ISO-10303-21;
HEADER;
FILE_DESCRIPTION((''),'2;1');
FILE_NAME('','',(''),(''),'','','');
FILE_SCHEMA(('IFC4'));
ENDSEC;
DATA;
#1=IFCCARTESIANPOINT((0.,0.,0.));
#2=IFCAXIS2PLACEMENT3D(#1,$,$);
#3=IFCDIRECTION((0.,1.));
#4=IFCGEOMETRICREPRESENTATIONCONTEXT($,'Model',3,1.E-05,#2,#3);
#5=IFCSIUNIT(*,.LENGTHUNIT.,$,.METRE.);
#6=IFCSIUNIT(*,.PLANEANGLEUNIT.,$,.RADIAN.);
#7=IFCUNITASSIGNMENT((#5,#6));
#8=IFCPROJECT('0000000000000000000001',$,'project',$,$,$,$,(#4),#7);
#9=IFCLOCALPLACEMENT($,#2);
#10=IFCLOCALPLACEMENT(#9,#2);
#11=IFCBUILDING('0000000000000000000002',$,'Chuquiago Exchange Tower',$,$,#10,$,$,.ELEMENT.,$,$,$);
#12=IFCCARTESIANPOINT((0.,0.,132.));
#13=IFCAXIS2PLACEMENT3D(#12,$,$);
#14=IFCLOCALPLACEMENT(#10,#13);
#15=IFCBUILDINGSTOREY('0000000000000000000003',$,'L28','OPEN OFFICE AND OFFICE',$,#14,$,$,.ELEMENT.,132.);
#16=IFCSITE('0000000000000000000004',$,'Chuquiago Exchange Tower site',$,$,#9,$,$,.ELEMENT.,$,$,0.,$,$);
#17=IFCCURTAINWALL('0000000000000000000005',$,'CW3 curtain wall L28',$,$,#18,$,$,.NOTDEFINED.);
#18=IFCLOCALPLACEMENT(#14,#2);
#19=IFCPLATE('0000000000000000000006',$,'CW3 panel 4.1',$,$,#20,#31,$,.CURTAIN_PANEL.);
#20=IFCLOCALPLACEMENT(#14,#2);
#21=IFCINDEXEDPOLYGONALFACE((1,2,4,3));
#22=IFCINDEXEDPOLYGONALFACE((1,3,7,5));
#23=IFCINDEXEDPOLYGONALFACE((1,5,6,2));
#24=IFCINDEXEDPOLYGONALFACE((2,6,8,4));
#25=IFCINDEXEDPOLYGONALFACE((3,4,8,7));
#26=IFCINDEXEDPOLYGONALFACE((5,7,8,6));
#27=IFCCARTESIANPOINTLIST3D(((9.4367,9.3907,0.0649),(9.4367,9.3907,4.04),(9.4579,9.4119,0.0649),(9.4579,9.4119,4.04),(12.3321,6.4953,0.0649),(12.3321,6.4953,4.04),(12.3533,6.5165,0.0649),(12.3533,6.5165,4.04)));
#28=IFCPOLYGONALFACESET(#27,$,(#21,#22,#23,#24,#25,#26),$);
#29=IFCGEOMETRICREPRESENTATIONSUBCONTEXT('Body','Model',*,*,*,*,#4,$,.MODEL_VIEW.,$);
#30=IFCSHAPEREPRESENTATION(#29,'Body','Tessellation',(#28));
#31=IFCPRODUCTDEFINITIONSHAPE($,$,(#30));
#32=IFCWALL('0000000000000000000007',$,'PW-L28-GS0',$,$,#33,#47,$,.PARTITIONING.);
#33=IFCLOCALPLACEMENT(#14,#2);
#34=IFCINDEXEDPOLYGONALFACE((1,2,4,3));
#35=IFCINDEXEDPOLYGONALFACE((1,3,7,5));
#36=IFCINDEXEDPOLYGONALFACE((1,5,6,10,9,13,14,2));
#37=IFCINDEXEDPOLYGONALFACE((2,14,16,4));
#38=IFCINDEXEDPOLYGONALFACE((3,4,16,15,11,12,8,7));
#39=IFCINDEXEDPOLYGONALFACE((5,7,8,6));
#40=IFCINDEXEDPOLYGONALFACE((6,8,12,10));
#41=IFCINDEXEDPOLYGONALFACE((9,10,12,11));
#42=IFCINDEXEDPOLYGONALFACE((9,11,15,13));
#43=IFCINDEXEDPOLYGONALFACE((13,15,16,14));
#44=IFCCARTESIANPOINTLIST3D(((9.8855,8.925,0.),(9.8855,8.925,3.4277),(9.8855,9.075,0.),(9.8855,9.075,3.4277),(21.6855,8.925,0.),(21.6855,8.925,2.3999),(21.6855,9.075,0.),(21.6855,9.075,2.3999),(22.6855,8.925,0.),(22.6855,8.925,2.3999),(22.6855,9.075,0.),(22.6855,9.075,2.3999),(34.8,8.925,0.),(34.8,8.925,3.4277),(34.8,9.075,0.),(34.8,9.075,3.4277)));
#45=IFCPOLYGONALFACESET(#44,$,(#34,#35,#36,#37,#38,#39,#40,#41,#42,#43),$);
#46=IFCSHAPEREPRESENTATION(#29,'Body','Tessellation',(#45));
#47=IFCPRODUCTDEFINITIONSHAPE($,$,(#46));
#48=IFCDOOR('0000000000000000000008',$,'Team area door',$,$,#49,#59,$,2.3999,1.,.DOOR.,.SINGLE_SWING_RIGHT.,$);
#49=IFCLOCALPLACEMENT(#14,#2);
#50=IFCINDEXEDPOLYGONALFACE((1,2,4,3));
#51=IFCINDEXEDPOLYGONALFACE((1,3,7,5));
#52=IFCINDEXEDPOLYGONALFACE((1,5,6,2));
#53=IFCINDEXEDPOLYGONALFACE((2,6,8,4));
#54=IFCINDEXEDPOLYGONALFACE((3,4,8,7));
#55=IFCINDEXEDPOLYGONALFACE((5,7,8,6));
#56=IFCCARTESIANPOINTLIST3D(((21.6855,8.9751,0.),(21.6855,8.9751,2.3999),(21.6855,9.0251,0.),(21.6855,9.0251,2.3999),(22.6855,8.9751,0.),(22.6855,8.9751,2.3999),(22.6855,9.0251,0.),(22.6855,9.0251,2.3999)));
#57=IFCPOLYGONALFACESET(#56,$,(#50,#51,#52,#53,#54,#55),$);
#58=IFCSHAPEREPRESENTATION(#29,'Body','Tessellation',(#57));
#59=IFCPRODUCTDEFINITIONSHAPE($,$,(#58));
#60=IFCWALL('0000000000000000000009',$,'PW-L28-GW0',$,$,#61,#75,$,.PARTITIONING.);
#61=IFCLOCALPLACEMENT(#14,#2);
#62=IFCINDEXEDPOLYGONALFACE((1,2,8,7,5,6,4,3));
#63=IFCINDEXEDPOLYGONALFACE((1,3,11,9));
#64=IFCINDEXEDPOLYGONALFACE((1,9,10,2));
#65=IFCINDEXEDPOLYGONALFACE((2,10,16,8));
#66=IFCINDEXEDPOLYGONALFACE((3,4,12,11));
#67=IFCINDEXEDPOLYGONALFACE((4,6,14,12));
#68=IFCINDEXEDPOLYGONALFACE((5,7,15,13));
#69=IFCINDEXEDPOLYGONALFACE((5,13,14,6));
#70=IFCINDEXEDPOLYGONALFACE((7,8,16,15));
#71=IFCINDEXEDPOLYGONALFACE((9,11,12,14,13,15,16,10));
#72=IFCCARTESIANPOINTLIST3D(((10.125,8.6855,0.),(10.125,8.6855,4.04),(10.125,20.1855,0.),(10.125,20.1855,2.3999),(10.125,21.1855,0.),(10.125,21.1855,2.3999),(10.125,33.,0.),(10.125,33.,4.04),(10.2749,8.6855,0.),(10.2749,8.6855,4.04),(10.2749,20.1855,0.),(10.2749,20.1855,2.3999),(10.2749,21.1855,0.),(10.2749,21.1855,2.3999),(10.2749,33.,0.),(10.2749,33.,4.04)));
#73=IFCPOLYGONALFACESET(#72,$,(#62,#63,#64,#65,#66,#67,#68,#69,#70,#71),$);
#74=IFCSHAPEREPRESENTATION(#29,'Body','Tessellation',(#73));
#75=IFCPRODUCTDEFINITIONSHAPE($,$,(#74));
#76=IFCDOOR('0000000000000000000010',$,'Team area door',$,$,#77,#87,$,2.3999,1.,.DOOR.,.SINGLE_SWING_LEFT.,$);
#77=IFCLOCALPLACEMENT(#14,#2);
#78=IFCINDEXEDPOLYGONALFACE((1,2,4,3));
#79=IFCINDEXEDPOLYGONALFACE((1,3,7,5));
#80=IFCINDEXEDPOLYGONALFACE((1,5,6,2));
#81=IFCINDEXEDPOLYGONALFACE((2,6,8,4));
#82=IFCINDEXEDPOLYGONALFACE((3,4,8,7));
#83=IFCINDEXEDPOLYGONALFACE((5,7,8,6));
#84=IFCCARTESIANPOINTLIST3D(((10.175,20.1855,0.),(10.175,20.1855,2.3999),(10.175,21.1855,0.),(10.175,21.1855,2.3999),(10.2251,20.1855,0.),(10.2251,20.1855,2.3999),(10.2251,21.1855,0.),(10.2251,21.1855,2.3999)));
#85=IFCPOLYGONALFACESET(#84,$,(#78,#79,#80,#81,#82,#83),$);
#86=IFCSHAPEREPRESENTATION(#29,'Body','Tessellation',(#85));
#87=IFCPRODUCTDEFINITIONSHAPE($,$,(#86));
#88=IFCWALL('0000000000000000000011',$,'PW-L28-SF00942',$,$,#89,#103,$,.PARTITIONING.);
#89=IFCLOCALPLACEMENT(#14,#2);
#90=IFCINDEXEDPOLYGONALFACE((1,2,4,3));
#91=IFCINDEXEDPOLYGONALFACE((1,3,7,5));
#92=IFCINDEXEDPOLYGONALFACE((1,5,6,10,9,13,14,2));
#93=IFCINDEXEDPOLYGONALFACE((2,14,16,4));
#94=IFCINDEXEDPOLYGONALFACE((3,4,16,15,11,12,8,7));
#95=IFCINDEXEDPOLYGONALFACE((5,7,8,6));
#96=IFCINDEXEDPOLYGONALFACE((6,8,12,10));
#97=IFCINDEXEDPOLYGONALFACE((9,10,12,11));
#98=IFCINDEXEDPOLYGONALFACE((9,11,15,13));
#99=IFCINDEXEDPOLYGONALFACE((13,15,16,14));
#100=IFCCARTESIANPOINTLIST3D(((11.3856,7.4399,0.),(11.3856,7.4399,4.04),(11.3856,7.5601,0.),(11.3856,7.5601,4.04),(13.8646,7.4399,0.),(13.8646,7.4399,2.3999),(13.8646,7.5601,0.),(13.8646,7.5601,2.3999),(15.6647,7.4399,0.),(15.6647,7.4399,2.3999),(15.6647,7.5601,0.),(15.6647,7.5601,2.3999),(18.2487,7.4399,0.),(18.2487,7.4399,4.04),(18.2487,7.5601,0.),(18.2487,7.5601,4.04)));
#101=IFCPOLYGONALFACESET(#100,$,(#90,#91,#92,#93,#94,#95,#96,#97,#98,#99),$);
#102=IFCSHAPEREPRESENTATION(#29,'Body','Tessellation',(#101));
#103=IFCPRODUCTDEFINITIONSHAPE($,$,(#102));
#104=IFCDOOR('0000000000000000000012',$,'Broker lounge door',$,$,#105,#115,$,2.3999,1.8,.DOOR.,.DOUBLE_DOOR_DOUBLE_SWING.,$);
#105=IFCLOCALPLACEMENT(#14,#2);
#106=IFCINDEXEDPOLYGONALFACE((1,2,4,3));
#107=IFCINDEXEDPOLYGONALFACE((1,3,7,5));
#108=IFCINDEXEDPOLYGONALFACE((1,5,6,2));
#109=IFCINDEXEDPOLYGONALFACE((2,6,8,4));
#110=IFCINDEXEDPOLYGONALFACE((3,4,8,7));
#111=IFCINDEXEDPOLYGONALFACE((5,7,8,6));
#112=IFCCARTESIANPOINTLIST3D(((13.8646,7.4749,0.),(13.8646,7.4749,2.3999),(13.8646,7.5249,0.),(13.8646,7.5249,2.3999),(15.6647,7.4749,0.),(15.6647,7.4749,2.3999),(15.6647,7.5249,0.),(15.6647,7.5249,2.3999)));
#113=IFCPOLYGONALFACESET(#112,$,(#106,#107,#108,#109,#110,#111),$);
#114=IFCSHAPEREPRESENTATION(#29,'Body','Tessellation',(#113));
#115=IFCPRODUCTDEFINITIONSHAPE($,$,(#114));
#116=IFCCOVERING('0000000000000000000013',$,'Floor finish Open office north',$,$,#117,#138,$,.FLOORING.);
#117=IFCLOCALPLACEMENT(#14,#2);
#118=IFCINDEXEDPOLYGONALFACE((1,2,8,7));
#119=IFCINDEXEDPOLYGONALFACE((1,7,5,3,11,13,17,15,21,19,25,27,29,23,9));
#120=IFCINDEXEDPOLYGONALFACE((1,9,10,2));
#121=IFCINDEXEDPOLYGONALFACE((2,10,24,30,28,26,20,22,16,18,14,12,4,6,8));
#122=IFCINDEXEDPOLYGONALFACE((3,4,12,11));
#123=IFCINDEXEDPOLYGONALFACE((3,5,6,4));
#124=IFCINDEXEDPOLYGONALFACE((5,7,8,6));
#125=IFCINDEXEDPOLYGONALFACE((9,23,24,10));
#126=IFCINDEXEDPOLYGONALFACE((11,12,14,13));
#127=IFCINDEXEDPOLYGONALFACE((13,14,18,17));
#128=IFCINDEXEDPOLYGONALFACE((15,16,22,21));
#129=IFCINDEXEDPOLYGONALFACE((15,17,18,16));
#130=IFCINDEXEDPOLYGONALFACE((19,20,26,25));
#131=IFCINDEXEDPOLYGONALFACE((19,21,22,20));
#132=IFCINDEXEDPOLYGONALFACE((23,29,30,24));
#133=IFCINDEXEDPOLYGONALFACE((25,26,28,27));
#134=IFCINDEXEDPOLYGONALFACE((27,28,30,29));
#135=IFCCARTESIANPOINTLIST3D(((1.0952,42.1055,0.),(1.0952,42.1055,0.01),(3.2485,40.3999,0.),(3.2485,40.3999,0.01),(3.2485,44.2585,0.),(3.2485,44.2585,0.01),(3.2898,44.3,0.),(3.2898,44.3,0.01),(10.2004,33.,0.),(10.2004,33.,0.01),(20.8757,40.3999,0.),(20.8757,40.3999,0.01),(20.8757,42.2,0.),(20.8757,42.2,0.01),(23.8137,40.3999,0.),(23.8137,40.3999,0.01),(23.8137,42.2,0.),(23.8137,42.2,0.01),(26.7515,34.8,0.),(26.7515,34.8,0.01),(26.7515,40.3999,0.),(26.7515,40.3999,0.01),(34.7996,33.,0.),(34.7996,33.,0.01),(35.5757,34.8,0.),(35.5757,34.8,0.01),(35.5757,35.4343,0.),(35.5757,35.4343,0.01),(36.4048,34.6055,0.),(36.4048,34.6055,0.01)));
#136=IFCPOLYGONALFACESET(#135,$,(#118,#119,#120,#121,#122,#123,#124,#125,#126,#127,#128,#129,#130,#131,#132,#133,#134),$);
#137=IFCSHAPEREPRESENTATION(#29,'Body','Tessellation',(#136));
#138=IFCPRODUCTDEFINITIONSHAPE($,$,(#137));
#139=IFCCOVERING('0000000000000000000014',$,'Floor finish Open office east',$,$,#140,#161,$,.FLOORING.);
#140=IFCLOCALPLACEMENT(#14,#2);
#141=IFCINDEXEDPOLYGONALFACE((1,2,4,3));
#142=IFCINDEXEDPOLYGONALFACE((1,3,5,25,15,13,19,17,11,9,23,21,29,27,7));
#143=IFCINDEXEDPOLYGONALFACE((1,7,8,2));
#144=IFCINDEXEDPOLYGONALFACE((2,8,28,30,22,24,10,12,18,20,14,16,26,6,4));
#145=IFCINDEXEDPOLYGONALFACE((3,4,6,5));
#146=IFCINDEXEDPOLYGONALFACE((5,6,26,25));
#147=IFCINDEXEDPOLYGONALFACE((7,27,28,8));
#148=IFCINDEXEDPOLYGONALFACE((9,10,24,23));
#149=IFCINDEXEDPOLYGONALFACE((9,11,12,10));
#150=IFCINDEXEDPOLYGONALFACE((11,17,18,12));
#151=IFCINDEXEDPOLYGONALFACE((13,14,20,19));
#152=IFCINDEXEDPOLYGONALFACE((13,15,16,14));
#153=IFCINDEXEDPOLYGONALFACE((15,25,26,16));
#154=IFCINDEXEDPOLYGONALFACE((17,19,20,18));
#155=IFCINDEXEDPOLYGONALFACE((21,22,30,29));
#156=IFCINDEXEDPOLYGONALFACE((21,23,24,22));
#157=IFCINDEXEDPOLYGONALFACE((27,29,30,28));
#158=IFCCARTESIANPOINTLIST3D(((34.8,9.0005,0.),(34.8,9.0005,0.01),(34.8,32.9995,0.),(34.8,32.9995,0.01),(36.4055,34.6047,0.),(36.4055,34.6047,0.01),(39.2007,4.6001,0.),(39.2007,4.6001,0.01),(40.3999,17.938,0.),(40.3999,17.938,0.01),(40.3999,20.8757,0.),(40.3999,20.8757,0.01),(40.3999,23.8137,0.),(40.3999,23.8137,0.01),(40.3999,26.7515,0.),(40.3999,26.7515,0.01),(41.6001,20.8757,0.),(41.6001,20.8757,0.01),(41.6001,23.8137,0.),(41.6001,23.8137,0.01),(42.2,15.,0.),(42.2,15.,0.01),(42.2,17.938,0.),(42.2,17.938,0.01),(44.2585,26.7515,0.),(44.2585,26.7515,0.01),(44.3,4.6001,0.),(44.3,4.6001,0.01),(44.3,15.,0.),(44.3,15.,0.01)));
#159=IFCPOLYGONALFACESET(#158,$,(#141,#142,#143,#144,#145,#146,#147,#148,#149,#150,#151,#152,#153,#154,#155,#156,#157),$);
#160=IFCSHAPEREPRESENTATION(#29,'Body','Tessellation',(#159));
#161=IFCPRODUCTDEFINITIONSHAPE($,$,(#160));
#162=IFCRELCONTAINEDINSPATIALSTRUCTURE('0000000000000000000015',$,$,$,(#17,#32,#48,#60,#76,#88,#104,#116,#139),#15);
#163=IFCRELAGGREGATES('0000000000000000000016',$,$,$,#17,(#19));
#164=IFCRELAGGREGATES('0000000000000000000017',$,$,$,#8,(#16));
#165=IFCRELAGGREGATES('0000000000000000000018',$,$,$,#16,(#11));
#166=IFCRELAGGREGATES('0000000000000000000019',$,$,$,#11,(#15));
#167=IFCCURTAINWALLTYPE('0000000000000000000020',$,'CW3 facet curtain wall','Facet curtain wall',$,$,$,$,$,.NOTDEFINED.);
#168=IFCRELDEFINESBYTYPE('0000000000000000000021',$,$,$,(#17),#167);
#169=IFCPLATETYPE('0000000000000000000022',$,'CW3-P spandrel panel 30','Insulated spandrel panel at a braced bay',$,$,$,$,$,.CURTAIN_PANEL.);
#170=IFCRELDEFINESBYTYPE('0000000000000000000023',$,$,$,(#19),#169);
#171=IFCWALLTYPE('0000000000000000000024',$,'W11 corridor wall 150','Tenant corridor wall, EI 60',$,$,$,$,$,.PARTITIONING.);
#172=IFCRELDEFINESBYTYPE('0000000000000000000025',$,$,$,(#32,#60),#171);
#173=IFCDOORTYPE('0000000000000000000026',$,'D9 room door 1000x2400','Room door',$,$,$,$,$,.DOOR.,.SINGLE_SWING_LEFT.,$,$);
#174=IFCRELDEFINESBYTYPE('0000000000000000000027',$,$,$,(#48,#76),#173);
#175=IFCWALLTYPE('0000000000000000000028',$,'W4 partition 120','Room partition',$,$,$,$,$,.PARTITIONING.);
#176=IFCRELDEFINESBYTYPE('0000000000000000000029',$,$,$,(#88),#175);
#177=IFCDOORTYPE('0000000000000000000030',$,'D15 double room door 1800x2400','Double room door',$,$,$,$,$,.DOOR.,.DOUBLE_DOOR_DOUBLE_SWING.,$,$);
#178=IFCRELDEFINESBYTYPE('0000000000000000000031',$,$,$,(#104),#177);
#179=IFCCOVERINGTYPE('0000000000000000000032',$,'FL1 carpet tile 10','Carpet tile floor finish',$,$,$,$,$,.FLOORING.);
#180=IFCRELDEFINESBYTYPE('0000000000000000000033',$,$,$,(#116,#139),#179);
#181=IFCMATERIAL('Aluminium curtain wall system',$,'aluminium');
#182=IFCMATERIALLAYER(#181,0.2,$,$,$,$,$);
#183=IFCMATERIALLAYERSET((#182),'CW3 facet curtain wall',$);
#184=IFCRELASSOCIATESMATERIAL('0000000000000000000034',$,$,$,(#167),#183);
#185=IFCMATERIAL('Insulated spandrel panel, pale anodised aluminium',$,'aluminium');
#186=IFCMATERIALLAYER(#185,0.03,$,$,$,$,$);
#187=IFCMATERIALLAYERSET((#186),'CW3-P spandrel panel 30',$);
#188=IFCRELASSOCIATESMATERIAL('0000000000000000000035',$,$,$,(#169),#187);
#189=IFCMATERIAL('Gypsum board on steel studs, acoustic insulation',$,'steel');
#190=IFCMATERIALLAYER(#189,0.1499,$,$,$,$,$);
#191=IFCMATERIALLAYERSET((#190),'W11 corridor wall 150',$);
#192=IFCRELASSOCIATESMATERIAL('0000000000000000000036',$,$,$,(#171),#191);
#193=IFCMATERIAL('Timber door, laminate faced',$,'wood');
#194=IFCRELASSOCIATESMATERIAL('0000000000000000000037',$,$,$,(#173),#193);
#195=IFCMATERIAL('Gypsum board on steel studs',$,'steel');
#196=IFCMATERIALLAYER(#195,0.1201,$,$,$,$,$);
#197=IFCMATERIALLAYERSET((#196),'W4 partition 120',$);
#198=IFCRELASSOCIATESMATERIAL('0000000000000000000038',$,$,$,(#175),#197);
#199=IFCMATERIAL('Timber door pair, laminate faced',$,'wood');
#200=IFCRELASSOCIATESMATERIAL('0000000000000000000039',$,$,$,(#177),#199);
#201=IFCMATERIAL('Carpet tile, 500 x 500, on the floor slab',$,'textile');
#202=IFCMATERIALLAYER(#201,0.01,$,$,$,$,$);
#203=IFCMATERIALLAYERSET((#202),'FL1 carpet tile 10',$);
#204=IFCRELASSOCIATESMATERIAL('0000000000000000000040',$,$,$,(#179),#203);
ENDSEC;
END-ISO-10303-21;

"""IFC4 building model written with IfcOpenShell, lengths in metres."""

from ifc_helpers import new_model, si_unit, direction, frame, frame_2d, origin, origin_2d, place, context, subcontext, project, spatial, polyline, rectangle, outline, extrude, material, layer, layer_set, type_object, element, fill, aggregate, save


model = new_model("IFC4")

# Units and contexts
model_context = context("Model", 3, precision=1e-05, world=origin(), true_north=direction((0.0, 1.0)))
body_context = subcontext(model_context, "Body", "Model", "MODEL_VIEW")
ifc_project = project(units=[si_unit("LENGTHUNIT", "METRE"), si_unit("PLANEANGLEUNIT", "RADIAN")], contexts=[model_context])

# Site, building, storey
site_placement = place(None, origin())
site = spatial("IfcSite", under=ifc_project, at=site_placement, Name="Chuquiago Exchange Tower site", CompositionType="ELEMENT", RefElevation=0.0)
building_placement = place(site_placement, origin())
building = spatial("IfcBuilding", under=site, at=building_placement, Name="Chuquiago Exchange Tower", CompositionType="ELEMENT")
storey_placement = place(building_placement, frame((0.0, 0.0, 132.0)))
storey = spatial("IfcBuildingStorey", under=building, at=storey_placement, Name="L28", Description="OPEN OFFICE AND OFFICE", CompositionType="ELEMENT", Elevation=132.0)

# Curtain wall
ifc_material_1 = material(Name="Aluminium curtain wall system", Category="aluminium")
ifc_layer_1 = layer(ifc_material_1, 0.2)
ifc_layer_set_1 = layer_set([ifc_layer_1], Name="CW3 facet curtain wall")
curtain_wall_type = type_object("IfcCurtainWallType", Name="CW3 facet curtain wall", Description="Facet curtain wall", PredefinedType="NOTDEFINED", material=ifc_layer_set_1)
curtain_wall_placement = place(storey_placement, origin())
curtain_wall = element("IfcCurtainWall", 1, at=curtain_wall_placement, inside=storey, type_object=curtain_wall_type, Name="CW3 curtain wall L28", PredefinedType="NOTDEFINED")

# Plate
ifc_material_2 = material(Name="Insulated spandrel panel, pale anodised aluminium", Category="aluminium")
ifc_layer_2 = layer(ifc_material_2, 0.03)
ifc_layer_set_2 = layer_set([ifc_layer_2], Name="CW3-P spandrel panel 30")
plate_type = type_object("IfcPlateType", Name="CW3-P spandrel panel 30", Description="Insulated spandrel panel at a braced bay", PredefinedType="CURTAIN_PANEL", material=ifc_layer_set_2)
plate_1_placement = place(storey_placement, frame((10.895, 7.9536, 0.0649), z_axis=(0.0, 0.0, 1.0), x_axis=(0.707107, -0.707107, 0.0)))
plate_1 = element("IfcPlate", 2, at=plate_1_placement, type_object=plate_type, Name="CW3 panel 4.1", PredefinedType="CURTAIN_PANEL", context=body_context, shape_type="SweptSolid", body=[
    extrude(rectangle(XDim=4.0947, YDim=0.03, at=origin_2d()), origin(), (0.0, 0.0, 1.0), 3.9751),
])
aggregate(curtain_wall, [plate_1])

# Walls, openings, doors
ifc_material_3 = material(Name="Gypsum board on steel studs, acoustic insulation", Category="steel")
ifc_layer_3 = layer(ifc_material_3, 0.1499)
ifc_layer_set_3 = layer_set([ifc_layer_3], Name="W11 corridor wall 150")
wall_type_1 = type_object("IfcWallType", Name="W11 corridor wall 150", Description="Tenant corridor wall, EI 60", PredefinedType="PARTITIONING", material=ifc_layer_set_3)
wall_1_placement = place(storey_placement, frame((9.8855, 9.0, 0.0), z_axis=(0.0, 0.0, 1.0), x_axis=(1.0, 0.0, 0.0)))
wall_1 = element("IfcWall", 3, at=wall_1_placement, inside=storey, type_object=wall_type_1, Name="PW-L28-GS0", PredefinedType="PARTITIONING", context=body_context, shape_type="SweptSolid", body=[
    extrude(rectangle(XDim=24.9146, YDim=0.1499, at=frame_2d((12.4573, 0.0))), origin(), (0.0, 0.0, 1.0), 3.4277),
])
opening_1_placement = place(wall_1_placement, frame((11.8, 0.0, 0.0)))
opening_1 = element("IfcOpeningElement", 4, at=opening_1_placement, cuts=wall_1, PredefinedType="OPENING", context=body_context, shape_type="SweptSolid", body=[
    extrude(rectangle(XDim=1.0, YDim=2.3999, at=frame_2d((0.5, 1.2))), frame((0.0, 0.085, 0.0), z_axis=(0.0, -1.0, 0.0), x_axis=(1.0, 0.0, 0.0)), (0.0, 0.0, 1.0), 0.1699),
])
ifc_material_4 = material(Name="Timber door, laminate faced", Category="wood")
door_type_1 = type_object("IfcDoorType", Name="D9 room door 1000x2400", Description="Room door", OperationType="SINGLE_SWING_LEFT", PredefinedType="DOOR", material=ifc_material_4)
door_1_placement = place(opening_1_placement, frame((1.0, 0.0, 0.0), z_axis=(0.0, 0.0, 1.0), x_axis=(-1.0, 0.0, 0.0)))
door_1 = element("IfcDoor", 5, at=door_1_placement, inside=storey, type_object=door_type_1, Name="Team area door", OperationType="SINGLE_SWING_RIGHT", OverallHeight=2.3999, OverallWidth=1.0, PredefinedType="DOOR", context=body_context, shape_type="SweptSolid", body=[
    extrude(rectangle(XDim=1.0, YDim=2.3999, at=frame_2d((0.5, 1.2))), frame((0.0, 0.0249, 0.0), z_axis=(0.0, -1.0, 0.0), x_axis=(1.0, 0.0, 0.0)), (0.0, 0.0, 1.0), 0.05),
])
fill(opening_1, door_1)
wall_2_placement = place(storey_placement, frame((10.2, 8.6855, 0.0), z_axis=(0.0, 0.0, 1.0), x_axis=(0.0, 1.0, 0.0)))
wall_2 = element("IfcWall", 6, at=wall_2_placement, inside=storey, type_object=wall_type_1, Name="PW-L28-GW0", PredefinedType="PARTITIONING", context=body_context, shape_type="SweptSolid", body=[
    extrude(rectangle(XDim=24.3145, YDim=0.1499, at=frame_2d((12.1572, 0.0))), origin(), (0.0, 0.0, 1.0), 4.04),
])
opening_2_placement = place(wall_2_placement, frame((11.5, 0.0, 0.0)))
opening_2 = element("IfcOpeningElement", 7, at=opening_2_placement, cuts=wall_2, PredefinedType="OPENING", context=body_context, shape_type="SweptSolid", body=[
    extrude(rectangle(XDim=1.0, YDim=2.3999, at=frame_2d((0.5, 1.2))), frame((0.0, 0.085, 0.0), z_axis=(0.0, -1.0, 0.0), x_axis=(1.0, 0.0, 0.0)), (0.0, 0.0, 1.0), 0.1699),
])
door_2_placement = place(opening_2_placement, origin())
door_2 = element("IfcDoor", 8, at=door_2_placement, inside=storey, type_object=door_type_1, Name="Team area door", OperationType="SINGLE_SWING_LEFT", OverallHeight=2.3999, OverallWidth=1.0, PredefinedType="DOOR", context=body_context, shape_type="SweptSolid", body=[
    extrude(rectangle(XDim=1.0, YDim=2.3999, at=frame_2d((0.5, 1.2))), frame((0.0, 0.0249, 0.0), z_axis=(0.0, -1.0, 0.0), x_axis=(1.0, 0.0, 0.0)), (0.0, 0.0, 1.0), 0.05),
])
fill(opening_2, door_2)
ifc_material_5 = material(Name="Gypsum board on steel studs", Category="steel")
ifc_layer_4 = layer(ifc_material_5, 0.1201)
ifc_layer_set_4 = layer_set([ifc_layer_4], Name="W4 partition 120")
wall_type_2 = type_object("IfcWallType", Name="W4 partition 120", Description="Room partition", PredefinedType="PARTITIONING", material=ifc_layer_set_4)
wall_3_placement = place(storey_placement, frame((11.3855, 7.5, 0.0), z_axis=(0.0, 0.0, 1.0), x_axis=(1.0, 0.0, 0.0)))
wall_3 = element("IfcWall", 9, at=wall_3_placement, inside=storey, type_object=wall_type_2, Name="PW-L28-SF00942", PredefinedType="PARTITIONING", context=body_context, shape_type="SweptSolid", body=[
    extrude(rectangle(XDim=6.863, YDim=0.1201, at=frame_2d((3.4316, 0.0))), origin(), (0.0, 0.0, 1.0), 4.04),
])
opening_3_placement = place(wall_3_placement, frame((2.4792, 0.0, 0.0)))
opening_3 = element("IfcOpeningElement", 10, at=opening_3_placement, cuts=wall_3, PredefinedType="OPENING", context=body_context, shape_type="SweptSolid", body=[
    extrude(rectangle(XDim=1.8, YDim=2.3999, at=frame_2d((0.8999, 1.2))), frame((0.0, 0.0701, 0.0), z_axis=(0.0, -1.0, 0.0), x_axis=(1.0, 0.0, 0.0)), (0.0, 0.0, 1.0), 0.1401),
])
ifc_material_6 = material(Name="Timber door pair, laminate faced", Category="wood")
door_type_2 = type_object("IfcDoorType", Name="D15 double room door 1800x2400", Description="Double room door", OperationType="DOUBLE_DOOR_DOUBLE_SWING", PredefinedType="DOOR", material=ifc_material_6)
door_3_placement = place(opening_3_placement, origin())
door_3 = element("IfcDoor", 11, at=door_3_placement, inside=storey, type_object=door_type_2, Name="Broker lounge door", OperationType="DOUBLE_DOOR_DOUBLE_SWING", OverallHeight=2.3999, OverallWidth=1.8, PredefinedType="DOOR", context=body_context, shape_type="SweptSolid", body=[
    extrude(rectangle(XDim=1.8, YDim=2.3999, at=frame_2d((0.8999, 1.2))), frame((0.0, 0.0249, 0.0), z_axis=(0.0, -1.0, 0.0), x_axis=(1.0, 0.0, 0.0)), (0.0, 0.0, 1.0), 0.05),
])
fill(opening_3, door_3)

# Coverings
ifc_material_7 = material(Name="Carpet tile, 500 x 500, on the floor slab", Category="textile")
ifc_layer_5 = layer(ifc_material_7, 0.01)
ifc_layer_set_5 = layer_set([ifc_layer_5], Name="FL1 carpet tile 10")
covering_type_1 = type_object("IfcCoveringType", Name="FL1 carpet tile 10", Description="Carpet tile floor finish", PredefinedType="FLOORING", material=ifc_layer_set_5)
covering_1_placement = place(storey_placement, origin())
element("IfcCovering", 12, at=covering_1_placement, inside=storey, type_object=covering_type_1, Name="Floor finish Open office north", PredefinedType="FLOORING", context=body_context, shape_type="SweptSolid", body=[
    extrude(outline(polyline([(3.2485, 44.2585), (3.2485, 40.3999), (20.8757, 40.3999), (20.8757, 42.2), (23.8137, 42.2), (23.8137, 40.3999), (26.7515, 40.3999), (26.7515, 34.8), (35.5757, 34.8), (35.5757, 35.4343), (36.4048, 34.6055), (34.7996, 33.0), (10.2004, 33.0), (1.0952, 42.1055), (3.2898, 44.3), (3.2485, 44.2585)])), origin(), (0.0, 0.0, 1.0), 0.01),
])
covering_2_placement = place(storey_placement, origin())
element("IfcCovering", 13, at=covering_2_placement, inside=storey, type_object=covering_type_1, Name="Floor finish Open office east", PredefinedType="FLOORING", context=body_context, shape_type="SweptSolid", body=[
    extrude(outline(polyline([(44.2585, 26.7515), (40.3999, 26.7515), (40.3999, 23.8137), (41.6001, 23.8137), (41.6001, 20.8757), (40.3999, 20.8757), (40.3999, 17.938), (42.2, 17.938), (42.2, 15.0), (44.3, 15.0), (44.3, 4.6001), (39.2007, 4.6001), (34.8, 9.0005), (34.8, 32.9995), (36.4055, 34.6047), (44.2585, 26.7515)])), origin(), (0.0, 0.0, 1.0), 0.01),
])

save(model, "model.ifc")
